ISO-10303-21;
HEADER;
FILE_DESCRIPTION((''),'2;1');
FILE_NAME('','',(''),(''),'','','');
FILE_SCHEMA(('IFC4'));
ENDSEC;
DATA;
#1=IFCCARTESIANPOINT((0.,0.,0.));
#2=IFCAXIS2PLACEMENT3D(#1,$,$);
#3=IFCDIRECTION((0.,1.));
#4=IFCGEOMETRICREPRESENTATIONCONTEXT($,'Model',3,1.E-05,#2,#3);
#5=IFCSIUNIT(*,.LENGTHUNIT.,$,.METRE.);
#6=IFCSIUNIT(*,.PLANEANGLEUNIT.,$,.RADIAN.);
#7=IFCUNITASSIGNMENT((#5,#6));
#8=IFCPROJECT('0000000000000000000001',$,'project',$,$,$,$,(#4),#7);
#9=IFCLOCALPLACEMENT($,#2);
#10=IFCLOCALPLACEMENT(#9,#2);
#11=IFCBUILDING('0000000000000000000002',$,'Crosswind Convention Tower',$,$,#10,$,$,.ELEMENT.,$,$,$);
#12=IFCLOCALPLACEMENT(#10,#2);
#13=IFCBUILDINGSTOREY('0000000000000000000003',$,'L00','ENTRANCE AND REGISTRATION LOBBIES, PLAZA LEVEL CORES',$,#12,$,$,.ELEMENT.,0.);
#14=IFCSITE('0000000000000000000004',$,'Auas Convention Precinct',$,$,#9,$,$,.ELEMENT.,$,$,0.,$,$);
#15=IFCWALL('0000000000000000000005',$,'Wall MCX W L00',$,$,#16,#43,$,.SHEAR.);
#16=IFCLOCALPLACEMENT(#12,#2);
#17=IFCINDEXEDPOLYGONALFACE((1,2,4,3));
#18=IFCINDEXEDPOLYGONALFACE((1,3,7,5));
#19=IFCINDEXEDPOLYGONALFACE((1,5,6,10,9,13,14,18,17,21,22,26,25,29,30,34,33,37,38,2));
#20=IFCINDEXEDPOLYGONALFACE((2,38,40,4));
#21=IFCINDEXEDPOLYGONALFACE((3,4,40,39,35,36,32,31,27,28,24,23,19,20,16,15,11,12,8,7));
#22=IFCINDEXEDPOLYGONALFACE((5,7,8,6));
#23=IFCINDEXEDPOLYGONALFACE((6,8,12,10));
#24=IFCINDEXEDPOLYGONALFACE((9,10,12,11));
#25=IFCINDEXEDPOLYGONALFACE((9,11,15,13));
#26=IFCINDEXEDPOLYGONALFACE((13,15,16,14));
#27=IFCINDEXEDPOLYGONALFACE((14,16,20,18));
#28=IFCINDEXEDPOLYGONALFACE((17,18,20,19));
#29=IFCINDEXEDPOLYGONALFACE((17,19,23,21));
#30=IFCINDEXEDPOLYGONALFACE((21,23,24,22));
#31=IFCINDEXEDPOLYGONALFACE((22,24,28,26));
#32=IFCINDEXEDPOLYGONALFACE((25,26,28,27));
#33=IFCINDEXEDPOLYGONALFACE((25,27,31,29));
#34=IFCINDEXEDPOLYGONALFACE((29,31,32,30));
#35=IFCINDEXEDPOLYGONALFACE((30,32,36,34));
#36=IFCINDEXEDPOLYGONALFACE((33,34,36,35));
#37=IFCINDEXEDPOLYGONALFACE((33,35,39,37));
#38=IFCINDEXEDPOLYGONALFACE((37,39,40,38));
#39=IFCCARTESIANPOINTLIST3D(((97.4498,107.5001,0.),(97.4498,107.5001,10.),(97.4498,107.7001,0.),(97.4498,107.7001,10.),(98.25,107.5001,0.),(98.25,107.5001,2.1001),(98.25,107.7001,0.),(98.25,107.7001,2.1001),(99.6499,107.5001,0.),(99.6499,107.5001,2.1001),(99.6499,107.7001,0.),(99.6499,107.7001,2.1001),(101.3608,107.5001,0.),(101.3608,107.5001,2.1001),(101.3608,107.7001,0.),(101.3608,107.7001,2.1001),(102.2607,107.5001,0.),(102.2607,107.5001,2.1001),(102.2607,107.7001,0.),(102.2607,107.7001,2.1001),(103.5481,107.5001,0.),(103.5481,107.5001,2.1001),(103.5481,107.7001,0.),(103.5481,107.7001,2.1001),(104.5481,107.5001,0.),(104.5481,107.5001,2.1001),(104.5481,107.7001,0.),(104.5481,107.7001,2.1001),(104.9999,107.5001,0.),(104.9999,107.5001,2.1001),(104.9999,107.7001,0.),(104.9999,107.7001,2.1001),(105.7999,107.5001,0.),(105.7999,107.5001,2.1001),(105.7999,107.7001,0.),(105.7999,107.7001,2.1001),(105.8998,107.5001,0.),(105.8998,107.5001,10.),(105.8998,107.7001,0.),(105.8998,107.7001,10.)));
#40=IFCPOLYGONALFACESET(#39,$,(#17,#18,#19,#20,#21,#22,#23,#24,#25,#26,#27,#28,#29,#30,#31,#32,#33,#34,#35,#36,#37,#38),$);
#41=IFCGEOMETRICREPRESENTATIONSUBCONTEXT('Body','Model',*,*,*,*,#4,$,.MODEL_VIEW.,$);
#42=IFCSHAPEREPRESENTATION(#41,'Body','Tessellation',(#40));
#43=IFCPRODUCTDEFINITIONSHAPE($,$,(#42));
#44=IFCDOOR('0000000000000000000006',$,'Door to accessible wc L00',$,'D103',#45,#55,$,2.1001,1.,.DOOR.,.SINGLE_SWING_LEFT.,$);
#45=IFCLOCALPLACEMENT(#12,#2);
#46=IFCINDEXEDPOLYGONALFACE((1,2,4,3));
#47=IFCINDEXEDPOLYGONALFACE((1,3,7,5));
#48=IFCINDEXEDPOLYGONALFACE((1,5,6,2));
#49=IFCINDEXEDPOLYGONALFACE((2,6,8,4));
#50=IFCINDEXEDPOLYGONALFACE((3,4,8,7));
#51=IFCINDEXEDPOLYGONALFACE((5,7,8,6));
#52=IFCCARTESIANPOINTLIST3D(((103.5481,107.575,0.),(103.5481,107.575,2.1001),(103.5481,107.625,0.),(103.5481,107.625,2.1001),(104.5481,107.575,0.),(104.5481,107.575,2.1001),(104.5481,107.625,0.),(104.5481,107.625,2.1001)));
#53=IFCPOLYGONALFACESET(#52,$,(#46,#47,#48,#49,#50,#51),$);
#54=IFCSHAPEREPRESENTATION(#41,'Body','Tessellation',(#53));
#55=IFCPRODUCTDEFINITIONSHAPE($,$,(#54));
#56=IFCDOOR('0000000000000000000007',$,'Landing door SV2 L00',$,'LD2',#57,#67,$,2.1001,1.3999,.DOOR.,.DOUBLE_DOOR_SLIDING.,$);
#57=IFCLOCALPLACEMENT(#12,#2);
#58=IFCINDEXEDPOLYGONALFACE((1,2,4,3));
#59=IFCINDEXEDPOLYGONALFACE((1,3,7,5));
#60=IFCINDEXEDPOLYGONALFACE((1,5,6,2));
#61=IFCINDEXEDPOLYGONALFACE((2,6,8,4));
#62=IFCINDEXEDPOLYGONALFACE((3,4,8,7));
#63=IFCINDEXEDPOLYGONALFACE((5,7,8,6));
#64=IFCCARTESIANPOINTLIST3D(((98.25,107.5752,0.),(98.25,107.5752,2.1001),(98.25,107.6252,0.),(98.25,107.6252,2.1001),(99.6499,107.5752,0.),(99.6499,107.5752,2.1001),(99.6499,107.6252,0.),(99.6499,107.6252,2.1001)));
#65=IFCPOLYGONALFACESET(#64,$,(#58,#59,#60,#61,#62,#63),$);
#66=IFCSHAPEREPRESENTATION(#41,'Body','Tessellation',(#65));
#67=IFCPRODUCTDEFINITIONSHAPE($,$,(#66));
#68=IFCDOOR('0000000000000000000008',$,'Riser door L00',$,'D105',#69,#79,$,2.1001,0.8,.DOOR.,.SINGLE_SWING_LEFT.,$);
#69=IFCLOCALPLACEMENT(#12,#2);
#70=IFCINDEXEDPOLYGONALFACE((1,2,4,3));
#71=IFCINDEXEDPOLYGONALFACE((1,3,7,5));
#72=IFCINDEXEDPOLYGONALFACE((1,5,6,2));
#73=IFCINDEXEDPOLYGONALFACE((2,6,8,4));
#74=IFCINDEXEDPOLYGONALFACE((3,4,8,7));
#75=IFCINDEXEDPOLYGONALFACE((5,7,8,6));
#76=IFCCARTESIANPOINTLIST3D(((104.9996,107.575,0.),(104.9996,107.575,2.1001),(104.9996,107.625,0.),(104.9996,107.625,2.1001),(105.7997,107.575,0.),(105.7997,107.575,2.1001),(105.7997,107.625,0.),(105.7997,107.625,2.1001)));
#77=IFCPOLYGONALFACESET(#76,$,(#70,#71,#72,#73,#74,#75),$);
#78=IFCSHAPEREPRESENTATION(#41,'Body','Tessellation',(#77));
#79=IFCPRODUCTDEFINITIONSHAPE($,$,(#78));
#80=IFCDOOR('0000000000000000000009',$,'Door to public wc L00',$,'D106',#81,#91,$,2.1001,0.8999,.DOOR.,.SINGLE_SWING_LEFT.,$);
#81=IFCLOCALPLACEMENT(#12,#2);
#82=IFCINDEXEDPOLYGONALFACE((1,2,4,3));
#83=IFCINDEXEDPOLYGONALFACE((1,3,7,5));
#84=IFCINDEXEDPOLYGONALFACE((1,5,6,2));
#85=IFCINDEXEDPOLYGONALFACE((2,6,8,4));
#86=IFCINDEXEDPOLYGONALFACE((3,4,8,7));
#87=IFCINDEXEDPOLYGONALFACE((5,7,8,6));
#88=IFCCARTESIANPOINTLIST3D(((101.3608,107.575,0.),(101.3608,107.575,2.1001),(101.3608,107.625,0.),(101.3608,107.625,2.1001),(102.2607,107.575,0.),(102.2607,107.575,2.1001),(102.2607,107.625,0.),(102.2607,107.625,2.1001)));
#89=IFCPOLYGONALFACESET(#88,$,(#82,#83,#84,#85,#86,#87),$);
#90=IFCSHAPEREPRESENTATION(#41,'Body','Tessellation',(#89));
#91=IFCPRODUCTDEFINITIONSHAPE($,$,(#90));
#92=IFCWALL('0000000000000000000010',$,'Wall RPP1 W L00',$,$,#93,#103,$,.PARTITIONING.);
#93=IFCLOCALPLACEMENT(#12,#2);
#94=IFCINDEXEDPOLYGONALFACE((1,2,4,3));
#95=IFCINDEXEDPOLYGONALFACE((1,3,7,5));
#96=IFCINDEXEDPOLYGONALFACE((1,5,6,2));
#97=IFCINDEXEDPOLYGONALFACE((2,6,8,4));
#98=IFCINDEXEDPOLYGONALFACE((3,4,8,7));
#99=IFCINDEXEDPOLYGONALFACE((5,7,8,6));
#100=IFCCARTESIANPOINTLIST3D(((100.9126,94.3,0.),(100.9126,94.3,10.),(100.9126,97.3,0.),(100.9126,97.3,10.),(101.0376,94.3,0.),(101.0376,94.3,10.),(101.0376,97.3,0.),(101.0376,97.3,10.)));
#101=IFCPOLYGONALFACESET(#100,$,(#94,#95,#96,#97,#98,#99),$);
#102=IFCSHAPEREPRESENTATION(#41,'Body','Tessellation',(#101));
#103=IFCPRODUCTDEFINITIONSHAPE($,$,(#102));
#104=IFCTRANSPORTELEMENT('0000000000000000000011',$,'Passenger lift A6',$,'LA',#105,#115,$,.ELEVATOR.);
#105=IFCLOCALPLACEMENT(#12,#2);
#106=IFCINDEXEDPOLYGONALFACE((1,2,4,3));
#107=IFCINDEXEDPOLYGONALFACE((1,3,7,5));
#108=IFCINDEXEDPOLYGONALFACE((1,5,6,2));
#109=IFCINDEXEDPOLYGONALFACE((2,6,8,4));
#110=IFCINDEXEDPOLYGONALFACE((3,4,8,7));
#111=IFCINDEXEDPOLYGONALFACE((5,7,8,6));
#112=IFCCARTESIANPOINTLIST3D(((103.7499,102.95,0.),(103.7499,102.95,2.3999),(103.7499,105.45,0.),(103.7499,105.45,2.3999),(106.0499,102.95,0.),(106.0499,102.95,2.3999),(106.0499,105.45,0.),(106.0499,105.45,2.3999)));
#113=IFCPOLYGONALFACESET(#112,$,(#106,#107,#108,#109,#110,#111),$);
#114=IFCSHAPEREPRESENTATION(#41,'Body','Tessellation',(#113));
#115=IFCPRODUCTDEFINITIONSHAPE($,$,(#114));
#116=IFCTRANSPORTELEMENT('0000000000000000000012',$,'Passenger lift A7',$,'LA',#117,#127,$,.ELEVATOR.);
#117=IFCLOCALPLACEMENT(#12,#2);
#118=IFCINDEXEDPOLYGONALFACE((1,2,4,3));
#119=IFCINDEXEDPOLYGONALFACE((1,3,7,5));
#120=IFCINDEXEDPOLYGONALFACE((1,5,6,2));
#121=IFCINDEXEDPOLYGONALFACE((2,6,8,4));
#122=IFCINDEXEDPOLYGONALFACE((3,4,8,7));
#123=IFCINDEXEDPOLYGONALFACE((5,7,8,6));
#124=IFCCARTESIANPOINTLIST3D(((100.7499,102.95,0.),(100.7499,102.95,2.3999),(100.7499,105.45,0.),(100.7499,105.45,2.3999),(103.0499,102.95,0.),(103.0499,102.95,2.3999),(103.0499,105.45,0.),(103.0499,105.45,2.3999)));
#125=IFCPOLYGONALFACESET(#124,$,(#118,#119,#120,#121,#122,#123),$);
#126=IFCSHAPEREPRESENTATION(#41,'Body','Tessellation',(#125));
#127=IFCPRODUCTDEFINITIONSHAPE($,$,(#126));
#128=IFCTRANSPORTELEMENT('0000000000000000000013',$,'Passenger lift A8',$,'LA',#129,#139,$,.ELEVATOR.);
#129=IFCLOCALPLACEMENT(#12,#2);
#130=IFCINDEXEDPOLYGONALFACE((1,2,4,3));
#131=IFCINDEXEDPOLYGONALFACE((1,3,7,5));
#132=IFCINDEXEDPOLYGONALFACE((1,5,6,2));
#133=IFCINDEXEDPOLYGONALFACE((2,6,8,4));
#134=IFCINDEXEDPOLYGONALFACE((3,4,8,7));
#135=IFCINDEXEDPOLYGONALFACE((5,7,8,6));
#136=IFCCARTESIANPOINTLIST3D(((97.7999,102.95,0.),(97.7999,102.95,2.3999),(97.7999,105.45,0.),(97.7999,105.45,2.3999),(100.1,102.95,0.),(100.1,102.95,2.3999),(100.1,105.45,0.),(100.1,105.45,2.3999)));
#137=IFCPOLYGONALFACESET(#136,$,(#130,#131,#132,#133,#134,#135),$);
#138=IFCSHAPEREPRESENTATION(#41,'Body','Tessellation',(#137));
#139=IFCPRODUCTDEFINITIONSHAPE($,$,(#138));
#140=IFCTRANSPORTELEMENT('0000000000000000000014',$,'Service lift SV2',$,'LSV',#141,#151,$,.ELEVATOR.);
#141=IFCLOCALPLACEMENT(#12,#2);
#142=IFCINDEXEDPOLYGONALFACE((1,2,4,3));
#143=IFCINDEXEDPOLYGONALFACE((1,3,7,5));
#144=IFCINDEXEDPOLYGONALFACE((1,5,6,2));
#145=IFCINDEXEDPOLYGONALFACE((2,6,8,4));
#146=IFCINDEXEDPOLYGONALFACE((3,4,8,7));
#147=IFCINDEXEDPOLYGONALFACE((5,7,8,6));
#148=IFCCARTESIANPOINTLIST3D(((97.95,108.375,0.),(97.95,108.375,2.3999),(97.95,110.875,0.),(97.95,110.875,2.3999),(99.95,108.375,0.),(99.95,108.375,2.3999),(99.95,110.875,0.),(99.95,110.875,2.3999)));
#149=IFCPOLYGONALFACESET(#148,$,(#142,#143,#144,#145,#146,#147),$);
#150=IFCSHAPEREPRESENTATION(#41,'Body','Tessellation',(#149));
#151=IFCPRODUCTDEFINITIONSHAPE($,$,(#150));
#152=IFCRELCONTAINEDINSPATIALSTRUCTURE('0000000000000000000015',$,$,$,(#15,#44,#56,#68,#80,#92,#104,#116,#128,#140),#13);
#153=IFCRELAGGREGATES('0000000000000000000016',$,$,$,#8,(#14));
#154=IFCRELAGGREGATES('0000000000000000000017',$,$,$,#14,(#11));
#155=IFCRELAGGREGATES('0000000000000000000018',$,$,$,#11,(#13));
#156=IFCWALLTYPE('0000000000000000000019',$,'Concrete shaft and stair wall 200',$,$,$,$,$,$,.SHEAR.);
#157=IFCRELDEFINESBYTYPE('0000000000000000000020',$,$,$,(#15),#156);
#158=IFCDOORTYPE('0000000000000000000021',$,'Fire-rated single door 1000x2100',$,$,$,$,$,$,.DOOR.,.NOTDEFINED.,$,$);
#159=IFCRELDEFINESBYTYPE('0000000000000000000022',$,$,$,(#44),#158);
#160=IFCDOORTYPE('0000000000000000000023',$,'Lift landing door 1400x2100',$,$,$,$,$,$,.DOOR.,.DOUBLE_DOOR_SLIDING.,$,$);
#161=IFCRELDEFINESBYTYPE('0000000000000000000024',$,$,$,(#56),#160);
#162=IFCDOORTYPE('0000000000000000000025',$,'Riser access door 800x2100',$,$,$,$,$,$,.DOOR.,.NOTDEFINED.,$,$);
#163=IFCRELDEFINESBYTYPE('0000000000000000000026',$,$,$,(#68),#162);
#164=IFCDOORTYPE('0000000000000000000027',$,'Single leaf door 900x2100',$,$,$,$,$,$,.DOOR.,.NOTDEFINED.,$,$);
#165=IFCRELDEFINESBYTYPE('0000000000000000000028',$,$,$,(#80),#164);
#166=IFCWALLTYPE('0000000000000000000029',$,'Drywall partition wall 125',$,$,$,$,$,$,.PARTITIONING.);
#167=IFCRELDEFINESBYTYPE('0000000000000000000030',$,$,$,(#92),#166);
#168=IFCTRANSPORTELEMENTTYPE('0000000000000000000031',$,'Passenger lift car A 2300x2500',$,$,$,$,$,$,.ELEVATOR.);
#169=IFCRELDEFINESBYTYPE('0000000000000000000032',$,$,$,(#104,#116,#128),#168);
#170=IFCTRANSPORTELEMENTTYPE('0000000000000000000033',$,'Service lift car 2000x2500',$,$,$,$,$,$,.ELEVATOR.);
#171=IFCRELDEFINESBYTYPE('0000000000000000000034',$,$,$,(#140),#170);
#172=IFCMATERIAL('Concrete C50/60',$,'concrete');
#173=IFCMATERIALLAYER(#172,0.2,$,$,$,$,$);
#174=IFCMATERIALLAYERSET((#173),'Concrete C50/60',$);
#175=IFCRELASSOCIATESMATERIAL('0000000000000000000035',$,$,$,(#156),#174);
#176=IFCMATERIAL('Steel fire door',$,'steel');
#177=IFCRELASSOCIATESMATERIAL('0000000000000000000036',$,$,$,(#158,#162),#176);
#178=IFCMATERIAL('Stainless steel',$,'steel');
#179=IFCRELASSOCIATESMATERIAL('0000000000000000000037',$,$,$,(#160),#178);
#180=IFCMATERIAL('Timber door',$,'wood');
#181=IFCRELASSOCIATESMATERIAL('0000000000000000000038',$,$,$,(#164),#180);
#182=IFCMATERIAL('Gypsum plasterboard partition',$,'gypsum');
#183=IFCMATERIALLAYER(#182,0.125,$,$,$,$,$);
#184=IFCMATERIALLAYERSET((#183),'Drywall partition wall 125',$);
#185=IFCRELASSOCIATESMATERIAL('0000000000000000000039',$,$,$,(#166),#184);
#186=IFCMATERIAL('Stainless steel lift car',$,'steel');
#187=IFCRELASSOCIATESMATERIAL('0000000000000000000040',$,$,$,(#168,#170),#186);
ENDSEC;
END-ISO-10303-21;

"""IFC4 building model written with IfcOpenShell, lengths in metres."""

from ifc_helpers import new_model, si_unit, direction, frame, frame_2d, origin, origin_2d, place, context, subcontext, project, spatial, rectangle, extrude, material, layer, layer_set, type_object, element, fill, save


model = new_model("IFC4")

# Units and contexts
model_context = context("Model", 3, precision=1e-05, world=origin(), true_north=direction((0.0, 1.0)))
body_context = subcontext(model_context, "Body", "Model", "MODEL_VIEW")
ifc_project = project(units=[si_unit("LENGTHUNIT", "METRE"), si_unit("PLANEANGLEUNIT", "RADIAN")], contexts=[model_context])

# Site, building, storey
site_placement = place(None, origin())
site = spatial("IfcSite", under=ifc_project, at=site_placement, Name="Auas Convention Precinct", CompositionType="ELEMENT", RefElevation=0.0)
building_placement = place(site_placement, origin())
building = spatial("IfcBuilding", under=site, at=building_placement, Name="Crosswind Convention Tower", CompositionType="ELEMENT")
storey_placement = place(building_placement, origin())
storey = spatial("IfcBuildingStorey", under=building, at=storey_placement, Name="L00", Description="ENTRANCE AND REGISTRATION LOBBIES, PLAZA LEVEL CORES", CompositionType="ELEMENT", Elevation=0.0)

# Shared definitions
ifc_material_1 = material(Name="Concrete C50/60", Category="concrete")
ifc_layer_1 = layer(ifc_material_1, 0.2)
ifc_layer_set_1 = layer_set([ifc_layer_1], Name="Concrete C50/60")
wall_type_1 = type_object("IfcWallType", Name="Concrete shaft and stair wall 200", PredefinedType="SHEAR", material=ifc_layer_set_1)

# Wall, openings, doors
wall_1_placement = place(storey_placement, frame((105.8999, 107.6001, 0.0), z_axis=(0.0, 0.0, 1.0), x_axis=(-1.0, 0.0, 0.0)))
wall_1 = element("IfcWall", 1, at=wall_1_placement, inside=storey, type_object=wall_type_1, Name="Wall MCX W L00", PredefinedType="SHEAR", context=body_context, shape_type="SweptSolid", body=[
    extrude(rectangle(XDim=8.45, YDim=0.2, at=frame_2d((4.2251, 0.0))), origin(), (0.0, 0.0, 1.0), 10.0),
])
opening_1_placement = place(wall_1_placement, frame((0.1001, 0.0, 0.0)))
opening_1 = element("IfcOpeningElement", 2, at=opening_1_placement, cuts=wall_1, PredefinedType="OPENING", context=body_context, shape_type="SweptSolid", body=[
    extrude(rectangle(XDim=0.8, YDim=2.1001, at=frame_2d((0.3999, 1.05))), frame((0.0, 0.1099, 0.0), z_axis=(0.0, -1.0, 0.0), x_axis=(1.0, 0.0, 0.0)), (0.0, 0.0, 1.0), 0.22),
])
opening_2_placement = place(wall_1_placement, frame((1.3518, 0.0, 0.0)))
opening_2 = element("IfcOpeningElement", 3, at=opening_2_placement, cuts=wall_1, PredefinedType="OPENING", context=body_context, shape_type="SweptSolid", body=[
    extrude(rectangle(XDim=1.0, YDim=2.1001, at=frame_2d((0.5, 1.05))), frame((0.0, 0.1099, 0.0), z_axis=(0.0, -1.0, 0.0), x_axis=(1.0, 0.0, 0.0)), (0.0, 0.0, 1.0), 0.22),
])
opening_3_placement = place(wall_1_placement, frame((3.6392, 0.0, 0.0)))
opening_3 = element("IfcOpeningElement", 4, at=opening_3_placement, cuts=wall_1, PredefinedType="OPENING", context=body_context, shape_type="SweptSolid", body=[
    extrude(rectangle(XDim=0.8999, YDim=2.1001, at=frame_2d((0.45, 1.05))), frame((0.0, 0.1099, 0.0), z_axis=(0.0, -1.0, 0.0), x_axis=(1.0, 0.0, 0.0)), (0.0, 0.0, 1.0), 0.22),
])
opening_4_placement = place(wall_1_placement, frame((6.25, 0.0, 0.0)))
opening_4 = element("IfcOpeningElement", 5, at=opening_4_placement, cuts=wall_1, PredefinedType="OPENING", context=body_context, shape_type="SweptSolid", body=[
    extrude(rectangle(XDim=1.3999, YDim=2.1001, at=frame_2d((0.7, 1.05))), frame((0.0, 0.1099, 0.0), z_axis=(0.0, -1.0, 0.0), x_axis=(1.0, 0.0, 0.0)), (0.0, 0.0, 1.0), 0.22),
])
ifc_material_2 = material(Name="Steel fire door", Category="steel")
door_type_1 = type_object("IfcDoorType", Name="Fire-rated single door 1000x2100", OperationType="NOTDEFINED", PredefinedType="DOOR", material=ifc_material_2)
door_1_placement = place(opening_2_placement, frame((1.0, 0.0, 0.0), z_axis=(0.0, 0.0, 1.0), x_axis=(-1.0, 0.0, 0.0)))
door_1 = element("IfcDoor", 6, at=door_1_placement, inside=storey, type_object=door_type_1, Name="Door to accessible wc L00", ObjectType="D103", OperationType="SINGLE_SWING_LEFT", OverallHeight=2.1001, OverallWidth=1.0, PredefinedType="DOOR", context=body_context, shape_type="SweptSolid", body=[
    extrude(rectangle(XDim=1.0, YDim=2.1001, at=frame_2d((0.5, 1.05))), frame((0.0, 0.0249, 0.0), z_axis=(0.0, -1.0, 0.0), x_axis=(1.0, 0.0, 0.0)), (0.0, 0.0, 1.0), 0.05),
])
fill(opening_2, door_1)
ifc_material_3 = material(Name="Stainless steel", Category="steel")
door_type_2 = type_object("IfcDoorType", Name="Lift landing door 1400x2100", OperationType="DOUBLE_DOOR_SLIDING", PredefinedType="DOOR", material=ifc_material_3)
door_2_placement = place(opening_4_placement, origin())
door_2 = element("IfcDoor", 7, at=door_2_placement, inside=storey, type_object=door_type_2, Name="Landing door SV2 L00", ObjectType="LD2", OperationType="DOUBLE_DOOR_SLIDING", OverallHeight=2.1001, OverallWidth=1.3999, PredefinedType="DOOR", context=body_context, shape_type="SweptSolid", body=[
    extrude(rectangle(XDim=1.3999, YDim=2.1001, at=frame_2d((0.7, 1.05))), frame((0.0, 0.0249, 0.0), z_axis=(0.0, -1.0, 0.0), x_axis=(1.0, 0.0, 0.0)), (0.0, 0.0, 1.0), 0.05),
])
fill(opening_4, door_2)
door_type_3 = type_object("IfcDoorType", Name="Riser access door 800x2100", OperationType="NOTDEFINED", PredefinedType="DOOR", material=ifc_material_2)
door_3_placement = place(opening_1_placement, frame((0.8, 0.0, 0.0), z_axis=(0.0, 0.0, 1.0), x_axis=(-1.0, 0.0, 0.0)))
door_3 = element("IfcDoor", 8, at=door_3_placement, inside=storey, type_object=door_type_3, Name="Riser door L00", ObjectType="D105", OperationType="SINGLE_SWING_LEFT", OverallHeight=2.1001, OverallWidth=0.8, PredefinedType="DOOR", context=body_context, shape_type="SweptSolid", body=[
    extrude(rectangle(XDim=0.8, YDim=2.1001, at=frame_2d((0.3999, 1.05))), frame((0.0, 0.0249, 0.0), z_axis=(0.0, -1.0, 0.0), x_axis=(1.0, 0.0, 0.0)), (0.0, 0.0, 1.0), 0.05),
])
fill(opening_1, door_3)
ifc_material_4 = material(Name="Timber door", Category="wood")
door_type_4 = type_object("IfcDoorType", Name="Single leaf door 900x2100", OperationType="NOTDEFINED", PredefinedType="DOOR", material=ifc_material_4)
door_4_placement = place(opening_3_placement, frame((0.8999, 0.0, 0.0), z_axis=(0.0, 0.0, 1.0), x_axis=(-1.0, 0.0, 0.0)))
door_4 = element("IfcDoor", 9, at=door_4_placement, inside=storey, type_object=door_type_4, Name="Door to public wc L00", ObjectType="D106", OperationType="SINGLE_SWING_LEFT", OverallHeight=2.1001, OverallWidth=0.8999, PredefinedType="DOOR", context=body_context, shape_type="SweptSolid", body=[
    extrude(rectangle(XDim=0.8999, YDim=2.1001, at=frame_2d((0.45, 1.05))), frame((0.0, 0.0249, 0.0), z_axis=(0.0, -1.0, 0.0), x_axis=(1.0, 0.0, 0.0)), (0.0, 0.0, 1.0), 0.05),
])
fill(opening_3, door_4)

# Wall
ifc_material_5 = material(Name="Gypsum plasterboard partition", Category="gypsum")
ifc_layer_2 = layer(ifc_material_5, 0.125)
ifc_layer_set_2 = layer_set([ifc_layer_2], Name="Drywall partition wall 125")
wall_type_2 = type_object("IfcWallType", Name="Drywall partition wall 125", PredefinedType="PARTITIONING", material=ifc_layer_set_2)
wall_2_placement = place(storey_placement, frame((100.9751, 97.3, 0.0), z_axis=(0.0, 0.0, 1.0), x_axis=(0.0, -1.0, 0.0)))
element("IfcWall", 10, at=wall_2_placement, inside=storey, type_object=wall_type_2, Name="Wall RPP1 W L00", PredefinedType="PARTITIONING", context=body_context, shape_type="SweptSolid", body=[
    extrude(rectangle(XDim=3.0, YDim=0.125, at=frame_2d((1.5, 0.0))), origin(), (0.0, 0.0, 1.0), 10.0),
])

# Transport elements
ifc_material_6 = material(Name="Stainless steel lift car", Category="steel")
transport_element_type_1 = type_object("IfcTransportElementType", Name="Passenger lift car A 2300x2500", PredefinedType="ELEVATOR", material=ifc_material_6)
for number, where, z_axis, x_axis, name in (
    (11, (104.8999, 104.2, 0.0), (0.0, 0.0, 1.0), (1.0, 0.0, 0.0), "Passenger lift A6"),
    (12, (101.8999, 104.2, 0.0), (0.0, 0.0, 1.0), (1.0, 0.0, 0.0), "Passenger lift A7"),
    (13, (98.95, 104.2, 0.0), (0.0, 0.0, 1.0), (1.0, 0.0, 0.0), "Passenger lift A8"),
):
    element("IfcTransportElement", number, at=place(storey_placement, frame(where, z_axis=z_axis, x_axis=x_axis)), inside=storey, type_object=transport_element_type_1, Name=name, ObjectType="LA", PredefinedType="ELEVATOR", context=body_context, shape_type="SweptSolid", body=[
        extrude(rectangle(XDim=2.3, YDim=2.5, at=origin_2d()), origin(), (0.0, 0.0, 1.0), 2.3999),
    ])
transport_element_type_2 = type_object("IfcTransportElementType", Name="Service lift car 2000x2500", PredefinedType="ELEVATOR", material=ifc_material_6)
transport_element_placement = place(storey_placement, frame((98.95, 109.625, 0.0), z_axis=(0.0, 0.0, 1.0), x_axis=(1.0, 0.0, 0.0)))
element("IfcTransportElement", 14, at=transport_element_placement, inside=storey, type_object=transport_element_type_2, Name="Service lift SV2", ObjectType="LSV", PredefinedType="ELEVATOR", context=body_context, shape_type="SweptSolid", body=[
    extrude(rectangle(XDim=2.0, YDim=2.5, at=origin_2d()), origin(), (0.0, 0.0, 1.0), 2.3999),
])

save(model, "model.ifc")
